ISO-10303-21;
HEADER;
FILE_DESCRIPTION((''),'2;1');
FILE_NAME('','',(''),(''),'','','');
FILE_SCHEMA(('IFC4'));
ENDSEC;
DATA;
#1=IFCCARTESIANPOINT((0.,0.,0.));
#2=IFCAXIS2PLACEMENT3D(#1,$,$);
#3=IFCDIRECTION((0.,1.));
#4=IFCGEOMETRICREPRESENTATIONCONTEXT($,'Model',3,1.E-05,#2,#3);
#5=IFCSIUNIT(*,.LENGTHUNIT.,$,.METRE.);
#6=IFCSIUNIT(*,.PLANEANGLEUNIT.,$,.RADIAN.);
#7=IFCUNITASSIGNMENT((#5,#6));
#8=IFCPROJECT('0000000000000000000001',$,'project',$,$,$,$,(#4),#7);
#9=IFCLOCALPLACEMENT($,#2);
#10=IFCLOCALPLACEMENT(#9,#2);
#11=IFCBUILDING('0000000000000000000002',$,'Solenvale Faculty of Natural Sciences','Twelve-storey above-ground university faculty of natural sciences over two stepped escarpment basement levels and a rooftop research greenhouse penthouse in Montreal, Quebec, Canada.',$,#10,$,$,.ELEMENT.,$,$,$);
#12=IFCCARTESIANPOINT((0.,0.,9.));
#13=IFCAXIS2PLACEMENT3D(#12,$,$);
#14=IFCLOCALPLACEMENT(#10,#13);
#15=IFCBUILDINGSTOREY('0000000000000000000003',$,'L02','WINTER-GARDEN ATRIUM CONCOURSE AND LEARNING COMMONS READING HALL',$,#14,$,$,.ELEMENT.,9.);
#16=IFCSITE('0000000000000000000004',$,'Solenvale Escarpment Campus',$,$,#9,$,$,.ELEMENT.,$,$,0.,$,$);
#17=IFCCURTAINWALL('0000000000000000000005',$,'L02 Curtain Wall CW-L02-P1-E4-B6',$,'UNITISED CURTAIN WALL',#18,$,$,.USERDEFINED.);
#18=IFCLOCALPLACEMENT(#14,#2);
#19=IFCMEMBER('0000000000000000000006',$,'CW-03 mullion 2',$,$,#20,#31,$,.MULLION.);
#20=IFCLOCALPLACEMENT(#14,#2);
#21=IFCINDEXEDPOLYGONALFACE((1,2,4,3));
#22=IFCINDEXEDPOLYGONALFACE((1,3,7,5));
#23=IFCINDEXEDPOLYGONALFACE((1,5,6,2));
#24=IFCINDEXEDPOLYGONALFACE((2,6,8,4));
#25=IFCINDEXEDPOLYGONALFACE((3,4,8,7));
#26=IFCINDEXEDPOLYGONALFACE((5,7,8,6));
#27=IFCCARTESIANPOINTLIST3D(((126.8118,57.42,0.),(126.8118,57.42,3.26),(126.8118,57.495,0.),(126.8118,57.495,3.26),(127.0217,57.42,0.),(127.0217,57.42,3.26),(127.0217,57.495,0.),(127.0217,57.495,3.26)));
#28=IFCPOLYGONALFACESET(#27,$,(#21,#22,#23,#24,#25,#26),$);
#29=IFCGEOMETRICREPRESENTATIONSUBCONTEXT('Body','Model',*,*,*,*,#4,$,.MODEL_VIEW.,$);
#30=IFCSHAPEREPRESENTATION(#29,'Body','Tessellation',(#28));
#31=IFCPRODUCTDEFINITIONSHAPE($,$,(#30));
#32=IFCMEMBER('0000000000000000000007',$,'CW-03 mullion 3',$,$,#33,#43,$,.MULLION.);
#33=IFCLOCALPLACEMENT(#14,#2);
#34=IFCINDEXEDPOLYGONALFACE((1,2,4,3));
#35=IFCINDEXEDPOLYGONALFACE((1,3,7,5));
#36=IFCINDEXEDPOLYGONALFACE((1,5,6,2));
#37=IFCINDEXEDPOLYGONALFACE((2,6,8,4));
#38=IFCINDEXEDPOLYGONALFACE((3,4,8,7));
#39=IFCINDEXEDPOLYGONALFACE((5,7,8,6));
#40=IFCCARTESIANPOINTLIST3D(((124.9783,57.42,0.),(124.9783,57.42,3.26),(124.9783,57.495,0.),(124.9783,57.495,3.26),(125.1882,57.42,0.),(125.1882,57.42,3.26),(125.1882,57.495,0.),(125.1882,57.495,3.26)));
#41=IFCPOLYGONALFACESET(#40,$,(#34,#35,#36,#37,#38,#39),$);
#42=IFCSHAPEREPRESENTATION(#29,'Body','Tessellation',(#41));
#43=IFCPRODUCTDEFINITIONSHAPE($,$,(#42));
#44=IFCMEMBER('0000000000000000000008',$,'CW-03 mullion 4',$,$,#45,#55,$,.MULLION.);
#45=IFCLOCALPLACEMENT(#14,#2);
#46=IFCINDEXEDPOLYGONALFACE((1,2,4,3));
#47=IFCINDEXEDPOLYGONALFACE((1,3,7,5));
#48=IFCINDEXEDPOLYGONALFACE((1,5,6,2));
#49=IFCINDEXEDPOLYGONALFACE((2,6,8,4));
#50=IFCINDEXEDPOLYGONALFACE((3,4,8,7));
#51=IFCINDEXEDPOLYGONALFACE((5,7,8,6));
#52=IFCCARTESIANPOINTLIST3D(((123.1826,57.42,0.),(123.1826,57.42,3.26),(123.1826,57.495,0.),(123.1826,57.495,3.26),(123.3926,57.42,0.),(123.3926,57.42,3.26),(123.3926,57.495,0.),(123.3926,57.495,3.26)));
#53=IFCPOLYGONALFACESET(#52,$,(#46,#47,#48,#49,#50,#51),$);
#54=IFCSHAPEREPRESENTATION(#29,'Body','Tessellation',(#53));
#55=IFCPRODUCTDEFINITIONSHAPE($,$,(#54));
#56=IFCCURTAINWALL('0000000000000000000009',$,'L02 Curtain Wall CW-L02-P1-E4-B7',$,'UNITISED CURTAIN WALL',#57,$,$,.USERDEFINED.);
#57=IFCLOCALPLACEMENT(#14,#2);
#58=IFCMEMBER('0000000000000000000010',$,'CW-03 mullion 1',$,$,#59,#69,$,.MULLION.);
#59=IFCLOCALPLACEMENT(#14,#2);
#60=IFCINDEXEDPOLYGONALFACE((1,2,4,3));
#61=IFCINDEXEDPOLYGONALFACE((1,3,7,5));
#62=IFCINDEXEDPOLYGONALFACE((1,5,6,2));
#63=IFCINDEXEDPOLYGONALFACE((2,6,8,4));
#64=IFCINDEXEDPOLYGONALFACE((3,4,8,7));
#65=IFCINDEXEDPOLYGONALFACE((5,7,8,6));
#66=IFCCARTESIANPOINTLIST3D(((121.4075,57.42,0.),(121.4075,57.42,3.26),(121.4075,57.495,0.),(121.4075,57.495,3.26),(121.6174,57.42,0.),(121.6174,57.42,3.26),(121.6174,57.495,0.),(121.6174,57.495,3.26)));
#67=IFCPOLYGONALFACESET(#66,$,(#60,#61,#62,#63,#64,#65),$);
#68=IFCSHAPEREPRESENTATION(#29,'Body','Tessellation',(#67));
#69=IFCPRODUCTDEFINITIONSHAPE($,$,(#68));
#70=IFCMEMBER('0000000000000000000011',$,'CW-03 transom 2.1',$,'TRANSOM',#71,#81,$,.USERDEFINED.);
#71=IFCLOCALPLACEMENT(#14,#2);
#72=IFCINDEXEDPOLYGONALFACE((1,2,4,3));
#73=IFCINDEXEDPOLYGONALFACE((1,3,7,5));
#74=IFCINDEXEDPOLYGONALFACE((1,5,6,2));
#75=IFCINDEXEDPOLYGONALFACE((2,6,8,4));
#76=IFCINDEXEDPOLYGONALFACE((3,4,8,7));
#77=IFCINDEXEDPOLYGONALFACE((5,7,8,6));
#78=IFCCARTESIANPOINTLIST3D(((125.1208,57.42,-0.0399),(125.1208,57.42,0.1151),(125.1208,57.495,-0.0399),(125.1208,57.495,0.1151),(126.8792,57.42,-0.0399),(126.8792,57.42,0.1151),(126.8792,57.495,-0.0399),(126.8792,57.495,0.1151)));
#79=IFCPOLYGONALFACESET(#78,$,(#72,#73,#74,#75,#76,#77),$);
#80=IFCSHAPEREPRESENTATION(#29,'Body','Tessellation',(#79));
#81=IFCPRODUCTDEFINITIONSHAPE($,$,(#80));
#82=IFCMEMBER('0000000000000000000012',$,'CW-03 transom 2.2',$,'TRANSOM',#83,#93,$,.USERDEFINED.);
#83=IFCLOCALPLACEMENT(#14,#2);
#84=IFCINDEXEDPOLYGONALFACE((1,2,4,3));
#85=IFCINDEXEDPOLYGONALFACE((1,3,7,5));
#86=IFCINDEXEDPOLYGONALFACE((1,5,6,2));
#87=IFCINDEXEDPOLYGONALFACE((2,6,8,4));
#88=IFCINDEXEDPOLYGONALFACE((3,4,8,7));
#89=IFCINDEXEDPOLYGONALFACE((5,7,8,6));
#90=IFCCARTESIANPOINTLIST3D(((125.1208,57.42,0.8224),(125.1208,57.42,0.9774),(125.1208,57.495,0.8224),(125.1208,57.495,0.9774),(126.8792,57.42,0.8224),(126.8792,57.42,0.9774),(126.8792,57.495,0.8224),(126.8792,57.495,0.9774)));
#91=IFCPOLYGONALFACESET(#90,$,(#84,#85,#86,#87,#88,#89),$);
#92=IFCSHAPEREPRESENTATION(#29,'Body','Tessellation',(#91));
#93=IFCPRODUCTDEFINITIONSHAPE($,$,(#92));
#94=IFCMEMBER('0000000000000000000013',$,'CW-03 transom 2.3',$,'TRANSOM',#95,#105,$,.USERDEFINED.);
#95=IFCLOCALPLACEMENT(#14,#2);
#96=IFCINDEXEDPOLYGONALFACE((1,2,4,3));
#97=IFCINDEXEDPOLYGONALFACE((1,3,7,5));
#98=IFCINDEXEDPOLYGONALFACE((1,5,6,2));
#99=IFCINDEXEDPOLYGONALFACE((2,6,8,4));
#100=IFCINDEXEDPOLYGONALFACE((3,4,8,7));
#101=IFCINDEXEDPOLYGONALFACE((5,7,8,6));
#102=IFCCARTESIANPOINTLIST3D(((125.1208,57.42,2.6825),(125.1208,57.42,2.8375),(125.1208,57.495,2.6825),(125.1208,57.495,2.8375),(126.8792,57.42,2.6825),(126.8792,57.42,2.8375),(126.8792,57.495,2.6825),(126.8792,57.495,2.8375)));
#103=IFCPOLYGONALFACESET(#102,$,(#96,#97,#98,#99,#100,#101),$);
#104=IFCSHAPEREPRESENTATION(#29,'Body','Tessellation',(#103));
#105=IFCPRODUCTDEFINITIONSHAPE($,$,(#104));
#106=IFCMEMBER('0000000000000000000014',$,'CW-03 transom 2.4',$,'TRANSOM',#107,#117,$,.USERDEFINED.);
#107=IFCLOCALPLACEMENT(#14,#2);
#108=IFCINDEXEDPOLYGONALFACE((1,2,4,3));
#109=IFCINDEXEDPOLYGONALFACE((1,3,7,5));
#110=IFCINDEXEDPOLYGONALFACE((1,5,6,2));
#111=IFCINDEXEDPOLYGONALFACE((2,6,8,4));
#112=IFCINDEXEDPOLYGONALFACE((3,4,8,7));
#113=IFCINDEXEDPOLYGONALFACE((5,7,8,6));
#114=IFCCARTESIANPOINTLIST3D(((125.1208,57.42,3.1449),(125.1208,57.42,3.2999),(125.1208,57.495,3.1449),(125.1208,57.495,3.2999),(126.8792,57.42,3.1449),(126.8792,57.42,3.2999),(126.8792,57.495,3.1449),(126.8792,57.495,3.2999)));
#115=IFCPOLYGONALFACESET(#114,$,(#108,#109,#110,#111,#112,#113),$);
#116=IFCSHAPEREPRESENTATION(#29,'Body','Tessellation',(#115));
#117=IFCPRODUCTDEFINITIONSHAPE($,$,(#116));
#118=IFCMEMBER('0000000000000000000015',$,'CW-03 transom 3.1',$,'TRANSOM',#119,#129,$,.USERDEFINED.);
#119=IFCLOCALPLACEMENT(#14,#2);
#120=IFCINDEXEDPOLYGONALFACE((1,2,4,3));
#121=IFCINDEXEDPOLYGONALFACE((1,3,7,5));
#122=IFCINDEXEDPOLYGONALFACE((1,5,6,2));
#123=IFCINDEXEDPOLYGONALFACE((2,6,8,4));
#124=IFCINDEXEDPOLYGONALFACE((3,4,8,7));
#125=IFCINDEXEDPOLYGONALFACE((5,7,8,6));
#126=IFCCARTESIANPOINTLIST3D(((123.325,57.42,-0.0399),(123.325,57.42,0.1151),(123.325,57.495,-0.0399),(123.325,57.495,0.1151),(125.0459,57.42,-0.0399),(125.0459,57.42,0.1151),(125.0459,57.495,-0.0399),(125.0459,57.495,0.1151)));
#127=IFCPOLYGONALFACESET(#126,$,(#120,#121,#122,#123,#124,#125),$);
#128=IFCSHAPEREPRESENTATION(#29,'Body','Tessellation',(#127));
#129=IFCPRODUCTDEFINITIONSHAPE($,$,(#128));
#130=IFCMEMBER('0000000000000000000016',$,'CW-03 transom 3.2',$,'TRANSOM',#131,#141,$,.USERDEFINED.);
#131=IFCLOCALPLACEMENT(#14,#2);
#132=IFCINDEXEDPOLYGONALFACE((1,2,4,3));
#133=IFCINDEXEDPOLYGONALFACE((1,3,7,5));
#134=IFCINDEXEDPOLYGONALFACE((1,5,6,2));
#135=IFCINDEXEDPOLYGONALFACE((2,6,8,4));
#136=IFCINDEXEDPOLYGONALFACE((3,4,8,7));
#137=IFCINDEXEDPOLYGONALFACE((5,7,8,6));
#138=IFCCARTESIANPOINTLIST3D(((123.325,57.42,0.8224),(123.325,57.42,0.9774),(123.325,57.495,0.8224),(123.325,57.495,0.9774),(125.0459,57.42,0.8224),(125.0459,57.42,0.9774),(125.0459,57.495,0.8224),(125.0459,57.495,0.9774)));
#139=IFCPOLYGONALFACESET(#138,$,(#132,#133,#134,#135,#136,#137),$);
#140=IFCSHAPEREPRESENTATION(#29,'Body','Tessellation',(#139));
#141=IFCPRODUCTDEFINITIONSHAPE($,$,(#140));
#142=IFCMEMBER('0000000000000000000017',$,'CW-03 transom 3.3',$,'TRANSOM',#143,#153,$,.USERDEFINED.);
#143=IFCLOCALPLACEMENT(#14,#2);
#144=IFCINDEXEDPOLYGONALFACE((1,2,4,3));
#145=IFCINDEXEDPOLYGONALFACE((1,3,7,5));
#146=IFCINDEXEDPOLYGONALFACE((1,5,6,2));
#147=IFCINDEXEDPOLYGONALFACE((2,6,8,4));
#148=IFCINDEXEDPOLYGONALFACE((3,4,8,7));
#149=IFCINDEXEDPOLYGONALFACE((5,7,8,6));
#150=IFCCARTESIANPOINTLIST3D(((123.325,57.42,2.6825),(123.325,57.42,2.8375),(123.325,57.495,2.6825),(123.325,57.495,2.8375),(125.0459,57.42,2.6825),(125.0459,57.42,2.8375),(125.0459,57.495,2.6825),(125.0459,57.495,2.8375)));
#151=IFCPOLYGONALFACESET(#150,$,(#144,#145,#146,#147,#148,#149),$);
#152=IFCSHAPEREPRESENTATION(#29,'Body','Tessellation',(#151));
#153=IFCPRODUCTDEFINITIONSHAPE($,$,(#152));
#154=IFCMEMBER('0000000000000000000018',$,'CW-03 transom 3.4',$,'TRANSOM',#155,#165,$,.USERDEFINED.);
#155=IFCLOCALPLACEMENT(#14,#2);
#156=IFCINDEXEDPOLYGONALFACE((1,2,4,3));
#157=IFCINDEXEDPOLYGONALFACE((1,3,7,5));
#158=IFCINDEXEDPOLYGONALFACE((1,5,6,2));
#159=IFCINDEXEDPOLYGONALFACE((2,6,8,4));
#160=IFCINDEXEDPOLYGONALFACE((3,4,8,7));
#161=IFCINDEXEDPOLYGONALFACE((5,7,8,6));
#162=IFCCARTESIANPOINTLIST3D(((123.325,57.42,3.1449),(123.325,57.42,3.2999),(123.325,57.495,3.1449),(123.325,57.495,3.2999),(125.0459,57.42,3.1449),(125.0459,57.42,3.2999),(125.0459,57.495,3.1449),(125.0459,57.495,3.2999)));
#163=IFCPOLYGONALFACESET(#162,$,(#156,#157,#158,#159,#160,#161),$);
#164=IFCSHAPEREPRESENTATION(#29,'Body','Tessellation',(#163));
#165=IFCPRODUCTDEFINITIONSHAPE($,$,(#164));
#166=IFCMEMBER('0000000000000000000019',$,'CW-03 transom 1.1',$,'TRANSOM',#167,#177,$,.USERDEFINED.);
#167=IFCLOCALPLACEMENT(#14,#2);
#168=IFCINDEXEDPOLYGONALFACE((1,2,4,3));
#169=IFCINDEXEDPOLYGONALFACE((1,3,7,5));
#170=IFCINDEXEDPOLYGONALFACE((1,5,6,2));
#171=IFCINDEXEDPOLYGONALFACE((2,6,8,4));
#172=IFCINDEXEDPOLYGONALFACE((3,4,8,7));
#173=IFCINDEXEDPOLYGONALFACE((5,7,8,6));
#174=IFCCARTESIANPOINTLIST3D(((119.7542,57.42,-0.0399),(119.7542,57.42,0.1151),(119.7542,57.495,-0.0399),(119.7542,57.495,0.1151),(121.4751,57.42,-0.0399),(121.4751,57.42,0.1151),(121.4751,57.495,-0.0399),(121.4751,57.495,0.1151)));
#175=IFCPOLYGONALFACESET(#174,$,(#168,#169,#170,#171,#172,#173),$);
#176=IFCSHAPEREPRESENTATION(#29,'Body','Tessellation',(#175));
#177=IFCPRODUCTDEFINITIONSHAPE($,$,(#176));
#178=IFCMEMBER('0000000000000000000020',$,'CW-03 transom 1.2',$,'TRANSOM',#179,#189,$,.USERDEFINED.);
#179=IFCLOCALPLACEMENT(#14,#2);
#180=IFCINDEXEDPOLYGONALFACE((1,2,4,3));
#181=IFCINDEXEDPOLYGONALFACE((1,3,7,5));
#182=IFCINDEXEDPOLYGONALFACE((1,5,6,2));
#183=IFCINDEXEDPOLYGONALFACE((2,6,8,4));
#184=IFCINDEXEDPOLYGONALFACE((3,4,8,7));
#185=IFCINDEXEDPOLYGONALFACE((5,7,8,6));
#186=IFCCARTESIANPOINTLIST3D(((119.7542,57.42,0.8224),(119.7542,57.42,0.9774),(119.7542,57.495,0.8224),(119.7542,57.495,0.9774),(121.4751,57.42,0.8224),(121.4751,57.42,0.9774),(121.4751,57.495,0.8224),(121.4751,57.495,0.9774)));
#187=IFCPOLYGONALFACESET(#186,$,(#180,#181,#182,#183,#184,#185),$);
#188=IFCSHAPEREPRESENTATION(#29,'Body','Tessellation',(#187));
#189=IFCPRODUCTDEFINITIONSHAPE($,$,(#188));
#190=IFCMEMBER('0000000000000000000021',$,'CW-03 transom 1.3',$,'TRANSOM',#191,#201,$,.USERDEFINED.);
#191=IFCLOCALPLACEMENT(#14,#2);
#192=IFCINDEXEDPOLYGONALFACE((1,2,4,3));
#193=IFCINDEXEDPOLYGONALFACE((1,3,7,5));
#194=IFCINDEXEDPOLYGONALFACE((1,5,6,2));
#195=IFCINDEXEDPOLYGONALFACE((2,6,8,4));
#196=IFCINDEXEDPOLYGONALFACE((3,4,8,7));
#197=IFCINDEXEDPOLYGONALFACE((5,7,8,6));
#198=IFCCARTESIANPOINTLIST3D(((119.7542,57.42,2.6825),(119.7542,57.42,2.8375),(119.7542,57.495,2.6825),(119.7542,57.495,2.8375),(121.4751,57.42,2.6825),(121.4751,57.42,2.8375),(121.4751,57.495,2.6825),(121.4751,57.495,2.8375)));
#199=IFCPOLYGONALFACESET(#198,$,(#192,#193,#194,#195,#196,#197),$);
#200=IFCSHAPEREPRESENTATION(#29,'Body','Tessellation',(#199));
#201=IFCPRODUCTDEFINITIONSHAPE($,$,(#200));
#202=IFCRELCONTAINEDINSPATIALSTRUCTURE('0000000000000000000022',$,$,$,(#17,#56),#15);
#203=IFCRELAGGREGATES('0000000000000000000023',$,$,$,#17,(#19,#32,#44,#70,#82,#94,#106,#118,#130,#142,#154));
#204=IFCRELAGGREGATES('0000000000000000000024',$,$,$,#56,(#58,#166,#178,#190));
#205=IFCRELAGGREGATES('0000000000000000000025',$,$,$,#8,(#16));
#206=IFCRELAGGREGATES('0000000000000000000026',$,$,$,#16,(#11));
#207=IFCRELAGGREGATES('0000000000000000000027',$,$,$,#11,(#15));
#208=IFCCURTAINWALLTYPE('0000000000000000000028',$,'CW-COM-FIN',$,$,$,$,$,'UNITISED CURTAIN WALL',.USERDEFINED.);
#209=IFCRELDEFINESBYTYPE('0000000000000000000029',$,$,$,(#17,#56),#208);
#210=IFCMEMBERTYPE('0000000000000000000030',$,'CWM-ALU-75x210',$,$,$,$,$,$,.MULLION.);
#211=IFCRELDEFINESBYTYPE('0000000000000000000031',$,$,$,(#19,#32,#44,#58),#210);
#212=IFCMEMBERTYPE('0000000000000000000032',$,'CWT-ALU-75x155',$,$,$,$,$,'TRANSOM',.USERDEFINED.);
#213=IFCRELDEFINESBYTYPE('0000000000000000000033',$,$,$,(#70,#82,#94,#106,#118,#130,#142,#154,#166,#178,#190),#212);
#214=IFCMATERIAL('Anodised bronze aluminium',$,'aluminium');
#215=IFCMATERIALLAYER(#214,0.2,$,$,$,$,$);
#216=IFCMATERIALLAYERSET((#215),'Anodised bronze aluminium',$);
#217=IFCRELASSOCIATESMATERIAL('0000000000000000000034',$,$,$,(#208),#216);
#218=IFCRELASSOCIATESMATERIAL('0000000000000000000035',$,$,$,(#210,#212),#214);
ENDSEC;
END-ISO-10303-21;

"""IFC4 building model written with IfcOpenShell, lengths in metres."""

from ifc_helpers import new_model, si_unit, direction, frame, origin, origin_2d, place, context, subcontext, project, spatial, rectangle, extrude, material, layer, layer_set, material_profile, profile_set, type_object, element, aggregate, save


model = new_model("IFC4")

# Units and contexts
model_context = context("Model", 3, precision=1e-05, world=origin(), true_north=direction((0.0, 1.0)))
body_context = subcontext(model_context, "Body", "Model", "MODEL_VIEW")
ifc_project = project(units=[si_unit("LENGTHUNIT", "METRE"), si_unit("PLANEANGLEUNIT", "RADIAN")], contexts=[model_context])

# Site, building, storey
site_placement = place(None, origin())
site = spatial("IfcSite", under=ifc_project, at=site_placement, Name="Solenvale Escarpment Campus", CompositionType="ELEMENT", RefElevation=0.0)
building_placement = place(site_placement, origin())
building = spatial("IfcBuilding", under=site, at=building_placement, Name="Solenvale Faculty of Natural Sciences", Description="Twelve-storey above-ground university faculty of natural sciences over two stepped escarpment basement levels and a rooftop research greenhouse penthouse in Montreal, Quebec, Canada.", CompositionType="ELEMENT")
storey_placement = place(building_placement, frame((0.0, 0.0, 9.0)))
storey = spatial("IfcBuildingStorey", under=building, at=storey_placement, Name="L02", Description="WINTER-GARDEN ATRIUM CONCOURSE AND LEARNING COMMONS READING HALL", CompositionType="ELEMENT", Elevation=9.0)

# Curtain wall, members
ifc_material_1 = material(Name="Anodised bronze aluminium", Category="aluminium")
ifc_layer_1 = layer(ifc_material_1, 0.2)
ifc_layer_set_1 = layer_set([ifc_layer_1], Name="Anodised bronze aluminium")
curtain_wall_type = type_object("IfcCurtainWallType", Name="CW-COM-FIN", ElementType="UNITISED CURTAIN WALL", PredefinedType="USERDEFINED", material=ifc_layer_set_1)
curtain_wall_1_placement = place(storey_placement, origin())
curtain_wall_1 = element("IfcCurtainWall", 1, at=curtain_wall_1_placement, inside=storey, type_object=curtain_wall_type, Name="L02 Curtain Wall CW-L02-P1-E4-B6", ObjectType="UNITISED CURTAIN WALL", PredefinedType="USERDEFINED")
ifc_material_profile_1 = material_profile(ifc_material_1, rectangle(XDim=0.075, YDim=0.21, at=origin_2d()), Name="ALU-MUL-75x210")
ifc_profile_set_1 = profile_set([ifc_material_profile_1], Name="Anodised bronze aluminium")
member_type_1 = type_object("IfcMemberType", Name="CWM-ALU-75x210", PredefinedType="MULLION", material=ifc_profile_set_1)
member_1_placement = place(storey_placement, frame((126.9167, 57.4575, 0.0), z_axis=(0.0, 0.0, 1.0), x_axis=(0.0, -1.0, 0.0)))
member_1 = element("IfcMember", 2, at=member_1_placement, type_object=member_type_1, Name="CW-03 mullion 2", PredefinedType="MULLION", context=body_context, shape_type="SweptSolid", body=[
    extrude(rectangle(XDim=0.075, YDim=0.21, at=origin_2d()), origin(), (0.0, 0.0, 1.0), 3.26),
])
member_2_placement = place(storey_placement, frame((125.0833, 57.4575, 0.0), z_axis=(0.0, 0.0, 1.0), x_axis=(0.0, -1.0, 0.0)))
member_2 = element("IfcMember", 3, at=member_2_placement, type_object=member_type_1, Name="CW-03 mullion 3", PredefinedType="MULLION", context=body_context, shape_type="SweptSolid", body=[
    extrude(rectangle(XDim=0.075, YDim=0.21, at=origin_2d()), origin(), (0.0, 0.0, 1.0), 3.26),
])
member_3_placement = place(storey_placement, frame((123.2876, 57.4575, 0.0), z_axis=(0.0, 0.0, 1.0), x_axis=(0.0, -1.0, 0.0)))
member_3 = element("IfcMember", 4, at=member_3_placement, type_object=member_type_1, Name="CW-03 mullion 4", PredefinedType="MULLION", context=body_context, shape_type="SweptSolid", body=[
    extrude(rectangle(XDim=0.075, YDim=0.21, at=origin_2d()), origin(), (0.0, 0.0, 1.0), 3.26),
])

# Curtain wall, member
curtain_wall_2_placement = place(storey_placement, origin())
curtain_wall_2 = element("IfcCurtainWall", 5, at=curtain_wall_2_placement, inside=storey, type_object=curtain_wall_type, Name="L02 Curtain Wall CW-L02-P1-E4-B7", ObjectType="UNITISED CURTAIN WALL", PredefinedType="USERDEFINED")
member_4_placement = place(storey_placement, frame((121.5125, 57.4575, 0.0), z_axis=(0.0, 0.0, 1.0), x_axis=(0.0, -1.0, 0.0)))
member_4 = element("IfcMember", 6, at=member_4_placement, type_object=member_type_1, Name="CW-03 mullion 1", PredefinedType="MULLION", context=body_context, shape_type="SweptSolid", body=[
    extrude(rectangle(XDim=0.075, YDim=0.21, at=origin_2d()), origin(), (0.0, 0.0, 1.0), 3.26),
])

# Members
ifc_material_profile_2 = material_profile(ifc_material_1, rectangle(XDim=0.075, YDim=0.155, at=origin_2d()), Name="ALU-TRN-75x155")
ifc_profile_set_2 = profile_set([ifc_material_profile_2], Name="Anodised bronze aluminium")
member_type_2 = type_object("IfcMemberType", Name="CWT-ALU-75x155", ElementType="TRANSOM", PredefinedType="USERDEFINED", material=ifc_profile_set_2)
member_5_placement = place(storey_placement, frame((126.8792, 57.4575, 0.0376), z_axis=(-1.0, 0.0, 0.0), x_axis=(0.0, -1.0, 0.0)))
member_5 = element("IfcMember", 7, at=member_5_placement, type_object=member_type_2, Name="CW-03 transom 2.1", ObjectType="TRANSOM", PredefinedType="USERDEFINED", context=body_context, shape_type="SweptSolid", body=[
    extrude(rectangle(XDim=0.075, YDim=0.155, at=origin_2d()), origin(), (0.0, 0.0, 1.0), 1.7583),
])
member_6_placement = place(storey_placement, frame((126.8792, 57.4575, 0.8999), z_axis=(-1.0, 0.0, 0.0), x_axis=(0.0, -1.0, 0.0)))
member_6 = element("IfcMember", 8, at=member_6_placement, type_object=member_type_2, Name="CW-03 transom 2.2", ObjectType="TRANSOM", PredefinedType="USERDEFINED", context=body_context, shape_type="SweptSolid", body=[
    extrude(rectangle(XDim=0.075, YDim=0.155, at=origin_2d()), origin(), (0.0, 0.0, 1.0), 1.7583),
])
member_7_placement = place(storey_placement, frame((126.8792, 57.4575, 2.76), z_axis=(-1.0, 0.0, 0.0), x_axis=(0.0, -1.0, 0.0)))
member_7 = element("IfcMember", 9, at=member_7_placement, type_object=member_type_2, Name="CW-03 transom 2.3", ObjectType="TRANSOM", PredefinedType="USERDEFINED", context=body_context, shape_type="SweptSolid", body=[
    extrude(rectangle(XDim=0.075, YDim=0.155, at=origin_2d()), origin(), (0.0, 0.0, 1.0), 1.7583),
])
member_8_placement = place(storey_placement, frame((126.8792, 57.4575, 3.2224), z_axis=(-1.0, 0.0, 0.0), x_axis=(0.0, -1.0, 0.0)))
member_8 = element("IfcMember", 10, at=member_8_placement, type_object=member_type_2, Name="CW-03 transom 2.4", ObjectType="TRANSOM", PredefinedType="USERDEFINED", context=body_context, shape_type="SweptSolid", body=[
    extrude(rectangle(XDim=0.075, YDim=0.155, at=origin_2d()), origin(), (0.0, 0.0, 1.0), 1.7583),
])
member_9_placement = place(storey_placement, frame((125.0459, 57.4575, 0.0376), z_axis=(-1.0, 0.0, 0.0), x_axis=(0.0, -1.0, 0.0)))
member_9 = element("IfcMember", 11, at=member_9_placement, type_object=member_type_2, Name="CW-03 transom 3.1", ObjectType="TRANSOM", PredefinedType="USERDEFINED", context=body_context, shape_type="SweptSolid", body=[
    extrude(rectangle(XDim=0.075, YDim=0.155, at=origin_2d()), origin(), (0.0, 0.0, 1.0), 1.7209),
])
member_10_placement = place(storey_placement, frame((125.0459, 57.4575, 0.8999), z_axis=(-1.0, 0.0, 0.0), x_axis=(0.0, -1.0, 0.0)))
member_10 = element("IfcMember", 12, at=member_10_placement, type_object=member_type_2, Name="CW-03 transom 3.2", ObjectType="TRANSOM", PredefinedType="USERDEFINED", context=body_context, shape_type="SweptSolid", body=[
    extrude(rectangle(XDim=0.075, YDim=0.155, at=origin_2d()), origin(), (0.0, 0.0, 1.0), 1.7209),
])
member_11_placement = place(storey_placement, frame((125.0459, 57.4575, 2.76), z_axis=(-1.0, 0.0, 0.0), x_axis=(0.0, -1.0, 0.0)))
member_11 = element("IfcMember", 13, at=member_11_placement, type_object=member_type_2, Name="CW-03 transom 3.3", ObjectType="TRANSOM", PredefinedType="USERDEFINED", context=body_context, shape_type="SweptSolid", body=[
    extrude(rectangle(XDim=0.075, YDim=0.155, at=origin_2d()), origin(), (0.0, 0.0, 1.0), 1.7209),
])
member_12_placement = place(storey_placement, frame((125.0459, 57.4575, 3.2224), z_axis=(-1.0, 0.0, 0.0), x_axis=(0.0, -1.0, 0.0)))
member_12 = element("IfcMember", 14, at=member_12_placement, type_object=member_type_2, Name="CW-03 transom 3.4", ObjectType="TRANSOM", PredefinedType="USERDEFINED", context=body_context, shape_type="SweptSolid", body=[
    extrude(rectangle(XDim=0.075, YDim=0.155, at=origin_2d()), origin(), (0.0, 0.0, 1.0), 1.7209),
])
member_13_placement = place(storey_placement, frame((121.4751, 57.4575, 0.0376), z_axis=(-1.0, 0.0, 0.0), x_axis=(0.0, -1.0, 0.0)))
member_13 = element("IfcMember", 15, at=member_13_placement, type_object=member_type_2, Name="CW-03 transom 1.1", ObjectType="TRANSOM", PredefinedType="USERDEFINED", context=body_context, shape_type="SweptSolid", body=[
    extrude(rectangle(XDim=0.075, YDim=0.155, at=origin_2d()), origin(), (0.0, 0.0, 1.0), 1.7209),
])
member_14_placement = place(storey_placement, frame((121.4751, 57.4575, 0.8999), z_axis=(-1.0, 0.0, 0.0), x_axis=(0.0, -1.0, 0.0)))
member_14 = element("IfcMember", 16, at=member_14_placement, type_object=member_type_2, Name="CW-03 transom 1.2", ObjectType="TRANSOM", PredefinedType="USERDEFINED", context=body_context, shape_type="SweptSolid", body=[
    extrude(rectangle(XDim=0.075, YDim=0.155, at=origin_2d()), origin(), (0.0, 0.0, 1.0), 1.7209),
])
member_15_placement = place(storey_placement, frame((121.4751, 57.4575, 2.76), z_axis=(-1.0, 0.0, 0.0), x_axis=(0.0, -1.0, 0.0)))
member_15 = element("IfcMember", 17, at=member_15_placement, type_object=member_type_2, Name="CW-03 transom 1.3", ObjectType="TRANSOM", PredefinedType="USERDEFINED", context=body_context, shape_type="SweptSolid", body=[
    extrude(rectangle(XDim=0.075, YDim=0.155, at=origin_2d()), origin(), (0.0, 0.0, 1.0), 1.7209),
])

aggregate(curtain_wall_1, [member_1, member_2, member_3, member_5, member_6, member_7, member_8, member_9, member_10, member_11, member_12])
aggregate(curtain_wall_2, [member_4, member_13, member_14, member_15])

save(model, "model.ifc")
